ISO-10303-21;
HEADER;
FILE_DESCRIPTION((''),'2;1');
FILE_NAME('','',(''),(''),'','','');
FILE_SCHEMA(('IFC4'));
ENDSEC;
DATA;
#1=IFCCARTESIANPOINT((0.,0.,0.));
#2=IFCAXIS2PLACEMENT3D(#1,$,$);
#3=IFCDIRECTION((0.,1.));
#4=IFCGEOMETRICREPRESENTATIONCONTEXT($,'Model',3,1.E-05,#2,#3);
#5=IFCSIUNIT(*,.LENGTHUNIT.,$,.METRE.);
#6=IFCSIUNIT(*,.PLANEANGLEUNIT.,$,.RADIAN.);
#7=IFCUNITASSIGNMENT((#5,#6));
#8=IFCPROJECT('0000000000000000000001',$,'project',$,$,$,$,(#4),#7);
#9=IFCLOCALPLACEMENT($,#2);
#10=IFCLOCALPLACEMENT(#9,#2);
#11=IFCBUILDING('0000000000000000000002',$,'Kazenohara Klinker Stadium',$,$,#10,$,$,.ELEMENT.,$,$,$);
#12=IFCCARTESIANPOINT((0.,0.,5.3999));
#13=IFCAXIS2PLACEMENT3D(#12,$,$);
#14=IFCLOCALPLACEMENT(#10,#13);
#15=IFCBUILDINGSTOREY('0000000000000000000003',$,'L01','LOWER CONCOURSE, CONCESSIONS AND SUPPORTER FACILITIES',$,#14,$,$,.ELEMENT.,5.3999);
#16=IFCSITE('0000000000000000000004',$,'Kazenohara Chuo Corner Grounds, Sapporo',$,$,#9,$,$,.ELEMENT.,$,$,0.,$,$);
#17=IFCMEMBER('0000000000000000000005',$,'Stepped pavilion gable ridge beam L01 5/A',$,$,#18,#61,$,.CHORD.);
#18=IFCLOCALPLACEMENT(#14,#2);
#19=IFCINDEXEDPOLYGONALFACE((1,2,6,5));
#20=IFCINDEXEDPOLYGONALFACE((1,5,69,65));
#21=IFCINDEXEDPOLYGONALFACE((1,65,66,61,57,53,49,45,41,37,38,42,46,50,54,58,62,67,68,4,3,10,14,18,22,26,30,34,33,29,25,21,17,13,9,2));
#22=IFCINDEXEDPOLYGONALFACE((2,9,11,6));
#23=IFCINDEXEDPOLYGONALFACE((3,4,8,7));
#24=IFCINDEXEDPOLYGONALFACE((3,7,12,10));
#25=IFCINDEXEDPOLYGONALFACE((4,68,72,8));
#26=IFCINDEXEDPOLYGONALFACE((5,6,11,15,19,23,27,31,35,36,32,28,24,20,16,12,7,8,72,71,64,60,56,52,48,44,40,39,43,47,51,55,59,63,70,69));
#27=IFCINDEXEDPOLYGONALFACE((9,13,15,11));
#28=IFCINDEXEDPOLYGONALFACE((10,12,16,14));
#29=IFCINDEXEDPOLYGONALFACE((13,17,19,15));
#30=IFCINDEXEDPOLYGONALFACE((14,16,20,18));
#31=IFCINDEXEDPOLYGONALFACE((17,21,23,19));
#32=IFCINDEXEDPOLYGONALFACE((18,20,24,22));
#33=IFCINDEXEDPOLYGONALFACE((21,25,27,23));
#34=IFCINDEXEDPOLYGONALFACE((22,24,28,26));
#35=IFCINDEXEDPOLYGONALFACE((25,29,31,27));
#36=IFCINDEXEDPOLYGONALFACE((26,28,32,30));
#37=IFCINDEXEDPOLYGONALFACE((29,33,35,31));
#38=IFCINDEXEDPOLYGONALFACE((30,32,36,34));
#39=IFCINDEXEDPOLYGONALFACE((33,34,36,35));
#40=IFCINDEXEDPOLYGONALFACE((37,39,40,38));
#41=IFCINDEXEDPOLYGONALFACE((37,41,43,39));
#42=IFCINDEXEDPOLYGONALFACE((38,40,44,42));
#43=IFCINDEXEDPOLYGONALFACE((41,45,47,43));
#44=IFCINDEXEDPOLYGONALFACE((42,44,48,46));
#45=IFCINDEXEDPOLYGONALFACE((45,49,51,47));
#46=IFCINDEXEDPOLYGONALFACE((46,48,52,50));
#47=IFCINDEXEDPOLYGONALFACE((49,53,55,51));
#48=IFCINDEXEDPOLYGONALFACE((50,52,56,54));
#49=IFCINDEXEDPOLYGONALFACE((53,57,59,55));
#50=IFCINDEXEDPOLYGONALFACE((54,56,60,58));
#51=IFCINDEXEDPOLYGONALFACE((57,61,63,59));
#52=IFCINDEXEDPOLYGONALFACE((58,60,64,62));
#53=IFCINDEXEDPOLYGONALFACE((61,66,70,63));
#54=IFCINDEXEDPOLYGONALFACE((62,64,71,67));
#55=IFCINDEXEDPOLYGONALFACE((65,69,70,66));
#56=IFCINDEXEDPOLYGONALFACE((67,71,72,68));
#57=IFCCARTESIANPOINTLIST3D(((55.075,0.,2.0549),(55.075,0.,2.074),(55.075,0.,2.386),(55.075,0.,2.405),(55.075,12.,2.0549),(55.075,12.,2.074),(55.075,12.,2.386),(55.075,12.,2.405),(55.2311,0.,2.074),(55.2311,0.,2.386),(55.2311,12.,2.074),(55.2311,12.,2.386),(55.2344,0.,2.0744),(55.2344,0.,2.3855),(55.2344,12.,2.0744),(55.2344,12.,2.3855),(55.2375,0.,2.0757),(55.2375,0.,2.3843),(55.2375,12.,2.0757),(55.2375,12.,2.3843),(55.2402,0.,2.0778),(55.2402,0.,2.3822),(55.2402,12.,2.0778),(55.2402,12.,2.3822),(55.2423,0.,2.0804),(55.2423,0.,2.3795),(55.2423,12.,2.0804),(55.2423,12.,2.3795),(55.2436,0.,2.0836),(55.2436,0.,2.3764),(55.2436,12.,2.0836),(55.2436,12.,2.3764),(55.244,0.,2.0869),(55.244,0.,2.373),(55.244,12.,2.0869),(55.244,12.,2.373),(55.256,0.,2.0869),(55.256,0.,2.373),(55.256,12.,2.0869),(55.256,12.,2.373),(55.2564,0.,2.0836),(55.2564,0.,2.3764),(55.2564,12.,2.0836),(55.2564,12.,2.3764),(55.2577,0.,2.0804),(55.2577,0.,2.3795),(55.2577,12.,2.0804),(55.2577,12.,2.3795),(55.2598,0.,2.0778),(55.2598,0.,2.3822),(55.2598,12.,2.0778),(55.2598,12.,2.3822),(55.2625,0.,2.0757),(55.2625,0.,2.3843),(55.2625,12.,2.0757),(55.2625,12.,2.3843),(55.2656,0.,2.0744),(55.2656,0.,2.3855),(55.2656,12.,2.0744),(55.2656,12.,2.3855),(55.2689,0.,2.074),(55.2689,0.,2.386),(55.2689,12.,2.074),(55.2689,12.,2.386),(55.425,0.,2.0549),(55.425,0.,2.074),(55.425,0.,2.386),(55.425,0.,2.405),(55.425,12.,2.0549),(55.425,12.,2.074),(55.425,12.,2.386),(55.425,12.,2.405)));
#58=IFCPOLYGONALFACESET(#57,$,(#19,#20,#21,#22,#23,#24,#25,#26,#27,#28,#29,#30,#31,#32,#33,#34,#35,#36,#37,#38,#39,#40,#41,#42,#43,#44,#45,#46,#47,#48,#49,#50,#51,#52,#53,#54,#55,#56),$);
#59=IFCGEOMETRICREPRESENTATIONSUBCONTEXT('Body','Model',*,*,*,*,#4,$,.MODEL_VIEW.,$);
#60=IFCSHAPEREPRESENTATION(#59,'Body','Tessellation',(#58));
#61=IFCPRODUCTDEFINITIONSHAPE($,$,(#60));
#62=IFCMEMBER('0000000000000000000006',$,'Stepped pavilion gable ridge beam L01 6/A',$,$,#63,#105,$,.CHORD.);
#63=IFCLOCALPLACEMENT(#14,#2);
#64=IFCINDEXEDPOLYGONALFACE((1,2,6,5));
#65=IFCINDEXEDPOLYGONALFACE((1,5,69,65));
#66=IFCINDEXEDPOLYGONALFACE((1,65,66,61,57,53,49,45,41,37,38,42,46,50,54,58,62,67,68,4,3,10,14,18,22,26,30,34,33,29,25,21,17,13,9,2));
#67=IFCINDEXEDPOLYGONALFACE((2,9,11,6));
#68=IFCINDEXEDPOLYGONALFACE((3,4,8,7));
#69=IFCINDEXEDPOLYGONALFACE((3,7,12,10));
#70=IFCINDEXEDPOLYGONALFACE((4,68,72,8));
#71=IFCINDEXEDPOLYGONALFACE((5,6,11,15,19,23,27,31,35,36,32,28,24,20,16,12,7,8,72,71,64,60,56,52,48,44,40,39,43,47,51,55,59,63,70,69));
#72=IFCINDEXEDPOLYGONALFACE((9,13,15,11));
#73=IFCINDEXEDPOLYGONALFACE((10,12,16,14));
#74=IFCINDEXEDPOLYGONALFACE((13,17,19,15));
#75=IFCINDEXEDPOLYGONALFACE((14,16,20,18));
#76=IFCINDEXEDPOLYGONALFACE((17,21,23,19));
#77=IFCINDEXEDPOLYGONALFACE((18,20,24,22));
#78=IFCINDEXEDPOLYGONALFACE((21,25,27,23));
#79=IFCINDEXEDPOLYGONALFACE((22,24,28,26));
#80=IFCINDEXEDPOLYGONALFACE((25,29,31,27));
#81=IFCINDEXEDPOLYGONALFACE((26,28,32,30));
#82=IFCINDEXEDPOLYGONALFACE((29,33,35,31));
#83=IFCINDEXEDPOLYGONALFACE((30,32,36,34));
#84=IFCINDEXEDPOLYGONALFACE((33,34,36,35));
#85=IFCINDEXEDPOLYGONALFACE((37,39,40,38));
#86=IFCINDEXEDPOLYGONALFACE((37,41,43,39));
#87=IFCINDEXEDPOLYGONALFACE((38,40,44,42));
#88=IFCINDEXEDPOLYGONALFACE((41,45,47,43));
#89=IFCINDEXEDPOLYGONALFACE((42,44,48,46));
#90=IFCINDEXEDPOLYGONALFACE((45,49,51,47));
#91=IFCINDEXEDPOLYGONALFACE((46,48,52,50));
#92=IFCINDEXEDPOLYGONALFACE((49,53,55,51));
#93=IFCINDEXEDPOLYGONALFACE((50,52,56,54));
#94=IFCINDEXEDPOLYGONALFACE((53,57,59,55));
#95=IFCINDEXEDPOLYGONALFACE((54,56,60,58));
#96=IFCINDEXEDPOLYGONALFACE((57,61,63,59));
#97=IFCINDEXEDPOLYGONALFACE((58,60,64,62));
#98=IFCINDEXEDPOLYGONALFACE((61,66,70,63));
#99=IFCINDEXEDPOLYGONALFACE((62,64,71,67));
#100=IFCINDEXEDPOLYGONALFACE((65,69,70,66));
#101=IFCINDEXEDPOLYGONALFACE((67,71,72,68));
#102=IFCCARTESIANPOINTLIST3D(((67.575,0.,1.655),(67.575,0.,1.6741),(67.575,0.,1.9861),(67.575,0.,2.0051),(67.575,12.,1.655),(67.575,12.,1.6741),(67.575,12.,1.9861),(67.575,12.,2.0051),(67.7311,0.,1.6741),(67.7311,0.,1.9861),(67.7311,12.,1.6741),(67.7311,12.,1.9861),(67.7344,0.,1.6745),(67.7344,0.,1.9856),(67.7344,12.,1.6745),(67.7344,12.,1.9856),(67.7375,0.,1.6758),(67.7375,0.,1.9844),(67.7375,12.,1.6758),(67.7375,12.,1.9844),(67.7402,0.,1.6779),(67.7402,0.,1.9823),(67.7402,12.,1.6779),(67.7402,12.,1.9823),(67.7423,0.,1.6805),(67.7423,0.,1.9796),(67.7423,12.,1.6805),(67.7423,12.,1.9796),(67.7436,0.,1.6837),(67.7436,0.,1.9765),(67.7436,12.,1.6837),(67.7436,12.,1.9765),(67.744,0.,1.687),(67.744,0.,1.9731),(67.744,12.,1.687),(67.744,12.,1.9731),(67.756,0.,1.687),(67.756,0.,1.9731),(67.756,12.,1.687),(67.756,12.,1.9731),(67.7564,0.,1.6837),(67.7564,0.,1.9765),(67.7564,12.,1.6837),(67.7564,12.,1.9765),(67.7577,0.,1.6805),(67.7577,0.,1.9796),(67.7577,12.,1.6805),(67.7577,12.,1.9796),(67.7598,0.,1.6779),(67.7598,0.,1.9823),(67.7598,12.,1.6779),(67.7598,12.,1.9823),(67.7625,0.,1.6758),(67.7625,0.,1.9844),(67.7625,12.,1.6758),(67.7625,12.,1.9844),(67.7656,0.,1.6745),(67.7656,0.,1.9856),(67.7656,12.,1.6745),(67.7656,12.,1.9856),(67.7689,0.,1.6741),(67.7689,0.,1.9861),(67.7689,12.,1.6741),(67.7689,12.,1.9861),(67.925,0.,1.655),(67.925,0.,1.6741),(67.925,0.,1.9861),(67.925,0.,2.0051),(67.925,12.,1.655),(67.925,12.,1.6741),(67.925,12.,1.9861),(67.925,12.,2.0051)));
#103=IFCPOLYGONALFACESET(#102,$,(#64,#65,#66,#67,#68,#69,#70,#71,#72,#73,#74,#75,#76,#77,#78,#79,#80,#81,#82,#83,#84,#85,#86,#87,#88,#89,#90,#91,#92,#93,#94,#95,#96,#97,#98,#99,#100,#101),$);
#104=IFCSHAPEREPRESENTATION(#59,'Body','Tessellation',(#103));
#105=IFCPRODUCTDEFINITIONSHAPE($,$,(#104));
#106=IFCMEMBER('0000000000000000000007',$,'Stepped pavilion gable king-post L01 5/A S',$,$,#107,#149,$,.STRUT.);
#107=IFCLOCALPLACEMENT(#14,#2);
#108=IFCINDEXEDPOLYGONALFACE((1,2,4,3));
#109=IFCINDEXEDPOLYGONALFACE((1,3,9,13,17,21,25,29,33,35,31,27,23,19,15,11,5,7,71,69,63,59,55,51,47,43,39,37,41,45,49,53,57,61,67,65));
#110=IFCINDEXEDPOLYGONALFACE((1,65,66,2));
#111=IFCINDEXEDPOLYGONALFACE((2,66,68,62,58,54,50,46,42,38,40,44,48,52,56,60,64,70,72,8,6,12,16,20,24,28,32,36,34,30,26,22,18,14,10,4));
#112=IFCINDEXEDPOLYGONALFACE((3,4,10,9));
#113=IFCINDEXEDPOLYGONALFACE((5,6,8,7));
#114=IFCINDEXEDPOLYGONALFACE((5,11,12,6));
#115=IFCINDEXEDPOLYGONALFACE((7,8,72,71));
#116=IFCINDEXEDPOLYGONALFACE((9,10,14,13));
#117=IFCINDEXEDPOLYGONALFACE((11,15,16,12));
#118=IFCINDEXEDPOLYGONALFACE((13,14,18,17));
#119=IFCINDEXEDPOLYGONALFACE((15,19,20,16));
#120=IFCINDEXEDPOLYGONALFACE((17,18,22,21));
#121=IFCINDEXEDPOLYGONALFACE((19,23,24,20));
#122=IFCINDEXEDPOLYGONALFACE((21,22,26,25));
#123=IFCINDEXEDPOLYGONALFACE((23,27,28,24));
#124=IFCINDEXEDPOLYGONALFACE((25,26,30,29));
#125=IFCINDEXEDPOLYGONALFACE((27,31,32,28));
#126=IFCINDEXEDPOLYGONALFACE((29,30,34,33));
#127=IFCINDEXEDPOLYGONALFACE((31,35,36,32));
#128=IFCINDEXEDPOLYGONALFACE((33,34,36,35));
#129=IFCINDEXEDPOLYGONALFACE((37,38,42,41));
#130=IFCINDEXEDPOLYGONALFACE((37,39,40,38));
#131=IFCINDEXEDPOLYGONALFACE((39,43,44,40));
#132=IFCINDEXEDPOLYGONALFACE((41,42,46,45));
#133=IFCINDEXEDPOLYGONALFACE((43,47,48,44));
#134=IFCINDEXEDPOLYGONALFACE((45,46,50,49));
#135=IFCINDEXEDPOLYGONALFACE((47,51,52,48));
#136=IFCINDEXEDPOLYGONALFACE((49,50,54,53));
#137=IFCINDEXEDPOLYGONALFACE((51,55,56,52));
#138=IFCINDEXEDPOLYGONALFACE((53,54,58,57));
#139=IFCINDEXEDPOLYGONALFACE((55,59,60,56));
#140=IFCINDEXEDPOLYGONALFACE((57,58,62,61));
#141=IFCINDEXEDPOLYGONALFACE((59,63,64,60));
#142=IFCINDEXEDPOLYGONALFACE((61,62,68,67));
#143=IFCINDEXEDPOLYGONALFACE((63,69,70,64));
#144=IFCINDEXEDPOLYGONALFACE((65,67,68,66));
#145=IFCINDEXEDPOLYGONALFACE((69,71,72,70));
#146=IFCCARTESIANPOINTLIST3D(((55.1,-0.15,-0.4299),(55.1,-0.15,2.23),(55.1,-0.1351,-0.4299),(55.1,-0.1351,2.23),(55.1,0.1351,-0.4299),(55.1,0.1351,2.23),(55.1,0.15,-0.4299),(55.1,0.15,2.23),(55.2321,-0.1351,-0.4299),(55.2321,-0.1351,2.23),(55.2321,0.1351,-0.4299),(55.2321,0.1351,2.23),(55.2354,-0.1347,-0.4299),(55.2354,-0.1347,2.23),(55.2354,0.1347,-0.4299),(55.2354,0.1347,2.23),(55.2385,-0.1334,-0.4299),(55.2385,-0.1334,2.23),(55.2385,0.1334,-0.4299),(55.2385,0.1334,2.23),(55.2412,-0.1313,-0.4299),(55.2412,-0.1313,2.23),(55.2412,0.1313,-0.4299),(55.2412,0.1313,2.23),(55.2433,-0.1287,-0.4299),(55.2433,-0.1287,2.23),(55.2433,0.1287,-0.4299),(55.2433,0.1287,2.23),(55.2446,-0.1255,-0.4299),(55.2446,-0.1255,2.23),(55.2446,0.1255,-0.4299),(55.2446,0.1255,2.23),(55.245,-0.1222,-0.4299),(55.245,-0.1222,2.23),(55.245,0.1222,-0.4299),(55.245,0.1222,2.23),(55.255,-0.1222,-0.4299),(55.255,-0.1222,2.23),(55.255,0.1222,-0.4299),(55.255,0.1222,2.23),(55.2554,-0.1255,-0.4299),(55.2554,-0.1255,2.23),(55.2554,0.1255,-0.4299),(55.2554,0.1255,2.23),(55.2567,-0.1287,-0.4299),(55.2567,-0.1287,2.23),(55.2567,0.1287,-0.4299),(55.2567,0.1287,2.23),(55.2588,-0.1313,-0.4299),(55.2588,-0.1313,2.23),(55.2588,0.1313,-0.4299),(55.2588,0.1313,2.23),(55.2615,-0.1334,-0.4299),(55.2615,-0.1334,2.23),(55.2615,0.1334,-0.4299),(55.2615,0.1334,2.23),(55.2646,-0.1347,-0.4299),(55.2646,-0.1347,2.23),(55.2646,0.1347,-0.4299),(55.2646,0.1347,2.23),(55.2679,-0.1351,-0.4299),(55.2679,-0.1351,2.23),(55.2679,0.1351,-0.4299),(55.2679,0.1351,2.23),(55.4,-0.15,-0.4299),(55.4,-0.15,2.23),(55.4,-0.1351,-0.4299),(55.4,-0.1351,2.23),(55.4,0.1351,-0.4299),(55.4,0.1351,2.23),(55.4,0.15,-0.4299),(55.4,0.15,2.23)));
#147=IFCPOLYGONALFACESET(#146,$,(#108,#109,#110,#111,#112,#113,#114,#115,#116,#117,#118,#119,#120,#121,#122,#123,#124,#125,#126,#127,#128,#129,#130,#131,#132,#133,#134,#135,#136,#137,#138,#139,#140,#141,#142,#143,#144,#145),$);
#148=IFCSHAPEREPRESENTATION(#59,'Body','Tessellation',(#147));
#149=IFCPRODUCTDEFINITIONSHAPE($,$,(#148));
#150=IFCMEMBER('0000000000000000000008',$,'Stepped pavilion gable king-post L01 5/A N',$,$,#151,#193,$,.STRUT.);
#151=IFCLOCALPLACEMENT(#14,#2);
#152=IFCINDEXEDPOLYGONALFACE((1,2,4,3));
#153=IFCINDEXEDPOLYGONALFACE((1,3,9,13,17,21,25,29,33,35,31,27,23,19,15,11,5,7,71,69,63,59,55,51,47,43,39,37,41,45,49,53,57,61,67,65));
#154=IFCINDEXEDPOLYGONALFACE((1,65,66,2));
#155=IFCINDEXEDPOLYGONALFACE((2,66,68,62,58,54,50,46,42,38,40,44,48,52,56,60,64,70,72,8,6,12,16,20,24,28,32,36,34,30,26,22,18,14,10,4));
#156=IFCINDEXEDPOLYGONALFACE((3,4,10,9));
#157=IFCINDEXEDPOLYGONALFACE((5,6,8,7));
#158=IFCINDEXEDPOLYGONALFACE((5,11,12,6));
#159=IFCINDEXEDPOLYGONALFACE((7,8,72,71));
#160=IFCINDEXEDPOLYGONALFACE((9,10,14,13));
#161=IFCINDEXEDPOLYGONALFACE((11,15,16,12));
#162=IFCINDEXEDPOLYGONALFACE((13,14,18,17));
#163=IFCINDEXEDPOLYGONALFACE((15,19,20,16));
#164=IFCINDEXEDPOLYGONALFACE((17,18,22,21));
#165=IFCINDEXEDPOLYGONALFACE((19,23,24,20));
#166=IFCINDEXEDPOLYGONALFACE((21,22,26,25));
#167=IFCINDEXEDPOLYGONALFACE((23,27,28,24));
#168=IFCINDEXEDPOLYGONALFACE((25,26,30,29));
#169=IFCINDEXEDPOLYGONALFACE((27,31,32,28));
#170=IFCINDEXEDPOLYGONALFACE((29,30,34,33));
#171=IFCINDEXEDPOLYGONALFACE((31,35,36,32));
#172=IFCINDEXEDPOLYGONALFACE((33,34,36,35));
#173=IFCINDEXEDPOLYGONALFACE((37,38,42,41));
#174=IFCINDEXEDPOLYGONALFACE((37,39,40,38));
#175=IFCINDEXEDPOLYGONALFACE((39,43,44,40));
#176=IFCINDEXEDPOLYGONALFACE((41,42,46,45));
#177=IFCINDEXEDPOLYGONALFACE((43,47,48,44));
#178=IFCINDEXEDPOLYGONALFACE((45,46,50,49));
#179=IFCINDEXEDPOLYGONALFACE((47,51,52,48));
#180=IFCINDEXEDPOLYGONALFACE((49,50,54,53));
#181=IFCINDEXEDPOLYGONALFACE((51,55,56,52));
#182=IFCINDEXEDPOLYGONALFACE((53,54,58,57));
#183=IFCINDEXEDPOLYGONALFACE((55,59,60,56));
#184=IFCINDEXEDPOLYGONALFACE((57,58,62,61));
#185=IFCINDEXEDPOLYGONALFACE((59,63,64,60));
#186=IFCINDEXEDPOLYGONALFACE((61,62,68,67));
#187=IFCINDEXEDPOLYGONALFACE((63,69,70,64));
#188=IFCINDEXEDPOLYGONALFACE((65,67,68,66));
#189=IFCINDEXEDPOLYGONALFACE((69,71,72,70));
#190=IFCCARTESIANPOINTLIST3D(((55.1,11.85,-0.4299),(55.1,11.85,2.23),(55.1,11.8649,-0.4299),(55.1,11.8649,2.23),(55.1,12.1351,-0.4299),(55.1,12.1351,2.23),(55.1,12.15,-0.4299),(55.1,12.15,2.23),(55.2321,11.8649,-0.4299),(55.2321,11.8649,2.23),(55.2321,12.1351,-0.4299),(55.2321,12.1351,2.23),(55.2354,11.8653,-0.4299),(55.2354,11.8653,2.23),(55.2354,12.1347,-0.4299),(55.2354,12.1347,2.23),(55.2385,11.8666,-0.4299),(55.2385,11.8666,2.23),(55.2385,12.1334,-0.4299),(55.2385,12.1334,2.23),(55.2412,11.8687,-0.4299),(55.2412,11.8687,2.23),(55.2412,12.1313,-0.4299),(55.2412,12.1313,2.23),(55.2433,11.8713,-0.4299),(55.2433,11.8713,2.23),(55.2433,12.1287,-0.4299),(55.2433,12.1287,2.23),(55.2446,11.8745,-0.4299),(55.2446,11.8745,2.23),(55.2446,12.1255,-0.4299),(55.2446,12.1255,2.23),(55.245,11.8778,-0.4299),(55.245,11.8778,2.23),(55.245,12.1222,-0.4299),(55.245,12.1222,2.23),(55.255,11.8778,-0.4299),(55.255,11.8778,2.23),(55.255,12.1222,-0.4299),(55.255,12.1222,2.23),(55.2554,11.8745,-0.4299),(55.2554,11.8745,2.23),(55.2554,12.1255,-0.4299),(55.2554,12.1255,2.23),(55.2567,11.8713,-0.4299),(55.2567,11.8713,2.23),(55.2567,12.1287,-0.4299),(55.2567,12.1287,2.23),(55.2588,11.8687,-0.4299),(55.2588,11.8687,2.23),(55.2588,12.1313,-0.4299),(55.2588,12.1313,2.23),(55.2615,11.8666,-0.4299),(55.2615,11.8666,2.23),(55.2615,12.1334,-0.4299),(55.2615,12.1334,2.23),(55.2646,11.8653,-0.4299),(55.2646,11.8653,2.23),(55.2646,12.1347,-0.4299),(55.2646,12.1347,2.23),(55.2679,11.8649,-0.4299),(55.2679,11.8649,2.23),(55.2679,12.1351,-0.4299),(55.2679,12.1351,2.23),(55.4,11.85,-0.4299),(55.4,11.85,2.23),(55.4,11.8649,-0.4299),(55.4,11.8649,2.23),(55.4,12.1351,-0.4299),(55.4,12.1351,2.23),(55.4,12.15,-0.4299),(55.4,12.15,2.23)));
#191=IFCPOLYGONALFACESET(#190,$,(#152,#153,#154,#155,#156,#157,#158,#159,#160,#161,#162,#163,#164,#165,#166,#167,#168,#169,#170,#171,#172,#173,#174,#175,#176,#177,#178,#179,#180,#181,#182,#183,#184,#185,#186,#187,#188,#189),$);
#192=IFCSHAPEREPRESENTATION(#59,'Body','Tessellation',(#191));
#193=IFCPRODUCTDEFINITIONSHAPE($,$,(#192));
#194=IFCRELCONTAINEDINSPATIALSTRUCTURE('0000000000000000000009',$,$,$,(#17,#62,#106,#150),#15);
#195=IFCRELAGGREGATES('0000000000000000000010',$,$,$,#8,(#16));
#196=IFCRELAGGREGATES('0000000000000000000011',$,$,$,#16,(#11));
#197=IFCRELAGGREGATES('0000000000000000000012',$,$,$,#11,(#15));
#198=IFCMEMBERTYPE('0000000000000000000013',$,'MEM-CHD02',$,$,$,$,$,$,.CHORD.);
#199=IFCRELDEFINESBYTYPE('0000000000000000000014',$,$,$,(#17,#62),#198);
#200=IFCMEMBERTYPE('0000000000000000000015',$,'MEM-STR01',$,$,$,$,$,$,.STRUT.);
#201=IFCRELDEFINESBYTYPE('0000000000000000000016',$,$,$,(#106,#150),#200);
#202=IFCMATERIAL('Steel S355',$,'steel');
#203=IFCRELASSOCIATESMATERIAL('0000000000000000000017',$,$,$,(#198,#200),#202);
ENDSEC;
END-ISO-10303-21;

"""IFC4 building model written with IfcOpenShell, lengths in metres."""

from ifc_helpers import new_model, si_unit, direction, frame, origin, origin_2d, place, context, subcontext, project, spatial, i_section, extrude, material, material_profile, profile_set, type_object, element, save


model = new_model("IFC4")

# Units and contexts
model_context = context("Model", 3, precision=1e-05, world=origin(), true_north=direction((0.0, 1.0)))
body_context = subcontext(model_context, "Body", "Model", "MODEL_VIEW")
ifc_project = project(units=[si_unit("LENGTHUNIT", "METRE"), si_unit("PLANEANGLEUNIT", "RADIAN")], contexts=[model_context])

# Site, building, storey
site_placement = place(None, origin())
site = spatial("IfcSite", under=ifc_project, at=site_placement, Name="Kazenohara Chuo Corner Grounds, Sapporo", CompositionType="ELEMENT", RefElevation=0.0)
building_placement = place(site_placement, origin())
building = spatial("IfcBuilding", under=site, at=building_placement, Name="Kazenohara Klinker Stadium", CompositionType="ELEMENT")
storey_placement = place(building_placement, frame((0.0, 0.0, 5.3999)))
storey = spatial("IfcBuildingStorey", under=building, at=storey_placement, Name="L01", Description="LOWER CONCOURSE, CONCESSIONS AND SUPPORTER FACILITIES", CompositionType="ELEMENT", Elevation=5.3999)

# Shared definitions
ifc_material_1 = material(Name="Steel S355", Category="steel")

# Members
ifc_material_profile_1 = material_profile(ifc_material_1, i_section(OverallWidth=0.3501, OverallDepth=0.3501, WebThickness=0.012, FlangeThickness=0.019, FilletRadius=0.0129, at=origin_2d()), Name="H-350x350x12x19")
ifc_profile_set_1 = profile_set([ifc_material_profile_1], Name="Steel S355")
member_type_1 = type_object("IfcMemberType", Name="MEM-CHD02", PredefinedType="CHORD", material=ifc_profile_set_1)
for number, where, z_axis, x_axis, name in (
    (1, (55.25, 0.0, 2.23), (0.0, 1.0, 0.0), (-1.0, 0.0, 0.0), "Stepped pavilion gable ridge beam L01 5/A"),
    (2, (67.75, 0.0, 1.8301), (0.0, 1.0, 0.0), (-1.0, 0.0, 0.0), "Stepped pavilion gable ridge beam L01 6/A"),
):
    element("IfcMember", number, at=place(storey_placement, frame(where, z_axis=z_axis, x_axis=x_axis)), inside=storey, type_object=member_type_1, Name=name, PredefinedType="CHORD", context=body_context, shape_type="SweptSolid", body=[
        extrude(i_section(OverallWidth=0.3501, OverallDepth=0.3501, WebThickness=0.012, FlangeThickness=0.019, FilletRadius=0.0129, at=origin_2d()), origin(), (0.0, 0.0, 1.0), 12.0),
    ])
ifc_material_profile_2 = material_profile(ifc_material_1, i_section(OverallWidth=0.3, OverallDepth=0.3, WebThickness=0.01, FlangeThickness=0.0149, FilletRadius=0.0129, at=origin_2d()), Name="H-300x300x10x15")
ifc_profile_set_2 = profile_set([ifc_material_profile_2], Name="Steel S355")
member_type_2 = type_object("IfcMemberType", Name="MEM-STR01", PredefinedType="STRUT", material=ifc_profile_set_2)
for number, where, z_axis, x_axis, name in (
    (3, (55.25, 0.0, -0.4299), (0.0, 0.0, 1.0), (1.0, 0.0, 0.0), "Stepped pavilion gable king-post L01 5/A S"),
    (4, (55.25, 12.0, -0.4299), (0.0, 0.0, 1.0), (1.0, 0.0, 0.0), "Stepped pavilion gable king-post L01 5/A N"),
):
    element("IfcMember", number, at=place(storey_placement, frame(where, z_axis=z_axis, x_axis=x_axis)), inside=storey, type_object=member_type_2, Name=name, PredefinedType="STRUT", context=body_context, shape_type="SweptSolid", body=[
        extrude(i_section(OverallWidth=0.3, OverallDepth=0.3, WebThickness=0.01, FlangeThickness=0.0149, FilletRadius=0.0129, at=origin_2d()), origin(), (0.0, 0.0, 1.0), 2.6599),
    ])

save(model, "model.ifc")
